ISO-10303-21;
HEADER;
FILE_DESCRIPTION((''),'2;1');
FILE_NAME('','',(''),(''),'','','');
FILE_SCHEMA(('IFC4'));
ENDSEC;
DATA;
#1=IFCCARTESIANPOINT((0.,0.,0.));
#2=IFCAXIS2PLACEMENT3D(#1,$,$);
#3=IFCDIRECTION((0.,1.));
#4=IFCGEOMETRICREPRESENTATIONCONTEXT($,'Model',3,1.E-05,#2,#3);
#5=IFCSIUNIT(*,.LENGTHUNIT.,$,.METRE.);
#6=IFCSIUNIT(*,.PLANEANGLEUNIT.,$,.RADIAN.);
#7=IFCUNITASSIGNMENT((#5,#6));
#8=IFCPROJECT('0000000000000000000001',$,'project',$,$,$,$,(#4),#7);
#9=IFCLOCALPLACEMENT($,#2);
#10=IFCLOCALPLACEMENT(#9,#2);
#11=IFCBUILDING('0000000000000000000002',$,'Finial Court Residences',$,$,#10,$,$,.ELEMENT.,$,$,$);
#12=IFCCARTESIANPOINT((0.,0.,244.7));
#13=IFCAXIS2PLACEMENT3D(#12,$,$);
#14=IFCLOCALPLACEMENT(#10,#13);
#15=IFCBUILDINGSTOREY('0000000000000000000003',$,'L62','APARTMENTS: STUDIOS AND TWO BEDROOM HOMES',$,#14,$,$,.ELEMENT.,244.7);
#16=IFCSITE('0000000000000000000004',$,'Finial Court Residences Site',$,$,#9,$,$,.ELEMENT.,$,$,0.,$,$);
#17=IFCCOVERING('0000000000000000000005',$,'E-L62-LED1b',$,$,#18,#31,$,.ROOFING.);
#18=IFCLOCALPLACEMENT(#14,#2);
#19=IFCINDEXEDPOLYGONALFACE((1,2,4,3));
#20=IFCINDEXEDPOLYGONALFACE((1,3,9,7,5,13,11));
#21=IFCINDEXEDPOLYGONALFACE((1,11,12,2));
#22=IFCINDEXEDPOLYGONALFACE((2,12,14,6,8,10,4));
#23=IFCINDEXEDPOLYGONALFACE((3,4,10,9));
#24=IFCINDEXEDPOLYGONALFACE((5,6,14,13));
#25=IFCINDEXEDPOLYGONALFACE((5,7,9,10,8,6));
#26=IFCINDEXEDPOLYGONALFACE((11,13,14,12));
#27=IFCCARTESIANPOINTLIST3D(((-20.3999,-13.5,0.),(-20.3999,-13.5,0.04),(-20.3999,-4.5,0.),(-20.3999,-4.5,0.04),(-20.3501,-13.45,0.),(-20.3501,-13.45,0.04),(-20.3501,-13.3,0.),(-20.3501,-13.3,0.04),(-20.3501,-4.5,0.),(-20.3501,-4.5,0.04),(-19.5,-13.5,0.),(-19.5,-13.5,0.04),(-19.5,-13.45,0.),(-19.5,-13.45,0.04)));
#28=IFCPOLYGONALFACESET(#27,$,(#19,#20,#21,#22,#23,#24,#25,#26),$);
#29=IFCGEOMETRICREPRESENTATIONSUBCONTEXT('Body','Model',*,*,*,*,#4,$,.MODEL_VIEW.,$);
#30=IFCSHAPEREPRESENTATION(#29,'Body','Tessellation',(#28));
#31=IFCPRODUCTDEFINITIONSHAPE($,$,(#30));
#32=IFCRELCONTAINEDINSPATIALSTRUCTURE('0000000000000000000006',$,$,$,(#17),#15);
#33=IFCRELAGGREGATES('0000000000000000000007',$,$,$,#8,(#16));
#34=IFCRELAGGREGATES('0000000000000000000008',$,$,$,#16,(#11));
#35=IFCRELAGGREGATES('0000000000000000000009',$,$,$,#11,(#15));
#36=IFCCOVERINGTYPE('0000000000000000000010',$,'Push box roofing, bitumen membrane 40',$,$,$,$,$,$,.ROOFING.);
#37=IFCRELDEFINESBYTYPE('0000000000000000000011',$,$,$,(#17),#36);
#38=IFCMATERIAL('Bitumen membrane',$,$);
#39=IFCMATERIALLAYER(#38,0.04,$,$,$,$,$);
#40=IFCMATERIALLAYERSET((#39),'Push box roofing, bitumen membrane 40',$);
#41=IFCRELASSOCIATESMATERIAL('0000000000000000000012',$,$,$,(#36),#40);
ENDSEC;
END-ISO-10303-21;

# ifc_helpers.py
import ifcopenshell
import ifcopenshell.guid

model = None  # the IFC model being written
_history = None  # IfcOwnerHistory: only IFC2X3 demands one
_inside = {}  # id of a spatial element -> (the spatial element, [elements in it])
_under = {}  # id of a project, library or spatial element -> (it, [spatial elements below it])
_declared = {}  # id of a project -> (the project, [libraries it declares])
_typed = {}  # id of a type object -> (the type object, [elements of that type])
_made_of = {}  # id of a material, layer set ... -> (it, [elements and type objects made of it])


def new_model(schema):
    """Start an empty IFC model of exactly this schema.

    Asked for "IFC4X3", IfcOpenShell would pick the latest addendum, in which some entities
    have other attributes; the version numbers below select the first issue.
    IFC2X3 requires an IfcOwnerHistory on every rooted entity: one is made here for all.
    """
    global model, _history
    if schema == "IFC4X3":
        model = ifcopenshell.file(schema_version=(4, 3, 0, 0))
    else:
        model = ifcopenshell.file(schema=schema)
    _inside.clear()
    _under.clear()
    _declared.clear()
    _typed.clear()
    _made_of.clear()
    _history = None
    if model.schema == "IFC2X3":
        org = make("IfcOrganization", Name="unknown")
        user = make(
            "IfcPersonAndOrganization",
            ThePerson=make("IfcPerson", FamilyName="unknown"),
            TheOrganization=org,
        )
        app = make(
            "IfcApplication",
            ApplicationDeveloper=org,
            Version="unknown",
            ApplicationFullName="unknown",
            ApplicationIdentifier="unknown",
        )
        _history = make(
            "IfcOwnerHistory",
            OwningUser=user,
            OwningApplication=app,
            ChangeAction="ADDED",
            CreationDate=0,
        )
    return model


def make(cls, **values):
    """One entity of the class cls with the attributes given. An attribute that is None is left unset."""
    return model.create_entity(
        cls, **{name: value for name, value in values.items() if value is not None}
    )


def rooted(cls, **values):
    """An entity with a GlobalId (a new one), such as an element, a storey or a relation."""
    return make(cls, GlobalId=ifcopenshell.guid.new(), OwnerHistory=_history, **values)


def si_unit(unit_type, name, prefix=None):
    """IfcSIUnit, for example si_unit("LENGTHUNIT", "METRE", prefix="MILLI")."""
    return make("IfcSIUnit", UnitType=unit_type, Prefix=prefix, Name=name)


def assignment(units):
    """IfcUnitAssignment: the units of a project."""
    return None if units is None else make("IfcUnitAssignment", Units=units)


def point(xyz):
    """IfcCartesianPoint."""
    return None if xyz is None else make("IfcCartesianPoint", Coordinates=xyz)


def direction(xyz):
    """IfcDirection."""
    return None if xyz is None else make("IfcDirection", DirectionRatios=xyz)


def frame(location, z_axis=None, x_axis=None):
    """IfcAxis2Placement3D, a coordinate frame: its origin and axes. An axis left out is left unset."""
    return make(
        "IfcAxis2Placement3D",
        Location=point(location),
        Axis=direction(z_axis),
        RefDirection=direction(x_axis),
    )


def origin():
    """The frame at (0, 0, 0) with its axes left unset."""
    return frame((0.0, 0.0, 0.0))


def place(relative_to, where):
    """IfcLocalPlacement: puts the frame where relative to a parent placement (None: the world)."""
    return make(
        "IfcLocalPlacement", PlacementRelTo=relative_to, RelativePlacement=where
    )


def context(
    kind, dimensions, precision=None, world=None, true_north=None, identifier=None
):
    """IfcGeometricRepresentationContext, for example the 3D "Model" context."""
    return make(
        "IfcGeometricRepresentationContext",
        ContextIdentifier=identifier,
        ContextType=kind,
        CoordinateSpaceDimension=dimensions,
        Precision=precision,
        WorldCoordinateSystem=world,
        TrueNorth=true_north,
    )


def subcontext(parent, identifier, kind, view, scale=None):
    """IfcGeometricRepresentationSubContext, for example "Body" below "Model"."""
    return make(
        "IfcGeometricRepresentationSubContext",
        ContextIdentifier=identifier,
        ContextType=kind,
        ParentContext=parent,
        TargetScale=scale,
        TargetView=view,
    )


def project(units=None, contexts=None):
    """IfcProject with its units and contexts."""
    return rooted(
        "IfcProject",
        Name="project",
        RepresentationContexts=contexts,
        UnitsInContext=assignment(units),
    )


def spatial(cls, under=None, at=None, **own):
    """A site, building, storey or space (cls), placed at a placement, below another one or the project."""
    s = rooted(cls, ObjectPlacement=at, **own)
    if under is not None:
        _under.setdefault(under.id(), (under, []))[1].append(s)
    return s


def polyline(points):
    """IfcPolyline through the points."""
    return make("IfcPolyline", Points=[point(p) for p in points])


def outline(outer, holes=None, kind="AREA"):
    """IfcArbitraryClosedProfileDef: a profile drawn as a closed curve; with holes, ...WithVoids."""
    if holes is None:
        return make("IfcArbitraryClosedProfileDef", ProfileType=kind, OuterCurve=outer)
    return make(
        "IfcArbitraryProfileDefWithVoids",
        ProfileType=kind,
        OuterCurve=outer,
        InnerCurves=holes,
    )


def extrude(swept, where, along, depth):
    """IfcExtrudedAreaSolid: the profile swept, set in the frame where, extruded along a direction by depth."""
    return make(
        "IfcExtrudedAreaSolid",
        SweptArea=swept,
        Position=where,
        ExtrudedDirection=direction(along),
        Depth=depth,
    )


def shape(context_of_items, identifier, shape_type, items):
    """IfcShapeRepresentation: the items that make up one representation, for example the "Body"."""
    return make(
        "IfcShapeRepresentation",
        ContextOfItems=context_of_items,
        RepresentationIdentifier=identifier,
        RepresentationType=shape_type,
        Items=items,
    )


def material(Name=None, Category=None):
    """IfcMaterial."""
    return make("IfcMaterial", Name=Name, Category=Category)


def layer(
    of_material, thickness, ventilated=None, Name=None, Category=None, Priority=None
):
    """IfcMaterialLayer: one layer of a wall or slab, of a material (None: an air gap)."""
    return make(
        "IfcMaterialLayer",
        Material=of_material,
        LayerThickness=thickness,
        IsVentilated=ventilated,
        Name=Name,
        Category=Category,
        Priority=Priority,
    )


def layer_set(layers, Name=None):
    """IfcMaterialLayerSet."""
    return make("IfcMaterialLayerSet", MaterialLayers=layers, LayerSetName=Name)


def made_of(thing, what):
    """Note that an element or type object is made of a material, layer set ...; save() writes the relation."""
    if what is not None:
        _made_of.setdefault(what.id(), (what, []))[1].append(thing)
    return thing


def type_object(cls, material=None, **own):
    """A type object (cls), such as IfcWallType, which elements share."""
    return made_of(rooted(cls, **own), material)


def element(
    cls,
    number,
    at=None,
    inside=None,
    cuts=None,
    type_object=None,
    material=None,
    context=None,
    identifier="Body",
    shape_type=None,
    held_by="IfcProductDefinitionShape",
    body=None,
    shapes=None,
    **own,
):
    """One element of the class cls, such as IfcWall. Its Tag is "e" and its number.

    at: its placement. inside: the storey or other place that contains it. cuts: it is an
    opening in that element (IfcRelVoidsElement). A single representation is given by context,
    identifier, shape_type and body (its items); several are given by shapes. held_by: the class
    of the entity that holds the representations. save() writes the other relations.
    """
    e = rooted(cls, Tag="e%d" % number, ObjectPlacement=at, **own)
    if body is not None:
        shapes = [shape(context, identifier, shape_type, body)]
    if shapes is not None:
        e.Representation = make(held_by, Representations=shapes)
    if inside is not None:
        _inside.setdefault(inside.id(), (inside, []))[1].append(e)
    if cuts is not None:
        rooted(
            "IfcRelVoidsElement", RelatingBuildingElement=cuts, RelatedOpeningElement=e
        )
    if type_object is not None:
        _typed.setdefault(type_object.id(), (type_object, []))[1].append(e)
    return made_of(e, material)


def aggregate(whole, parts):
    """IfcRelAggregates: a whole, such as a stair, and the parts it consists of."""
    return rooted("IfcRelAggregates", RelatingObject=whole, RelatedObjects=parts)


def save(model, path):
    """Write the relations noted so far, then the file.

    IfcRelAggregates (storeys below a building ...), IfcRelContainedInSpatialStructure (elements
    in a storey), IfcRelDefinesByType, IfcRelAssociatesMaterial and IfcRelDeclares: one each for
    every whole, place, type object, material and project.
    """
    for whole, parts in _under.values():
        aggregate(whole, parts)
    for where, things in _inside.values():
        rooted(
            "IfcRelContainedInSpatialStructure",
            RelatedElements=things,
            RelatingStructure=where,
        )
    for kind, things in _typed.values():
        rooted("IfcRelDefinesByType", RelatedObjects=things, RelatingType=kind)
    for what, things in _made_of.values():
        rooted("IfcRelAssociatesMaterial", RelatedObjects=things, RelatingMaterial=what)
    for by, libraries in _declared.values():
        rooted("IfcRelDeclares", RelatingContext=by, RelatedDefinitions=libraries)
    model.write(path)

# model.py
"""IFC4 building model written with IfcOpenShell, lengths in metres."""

from ifc_helpers import new_model, si_unit, direction, frame, origin, place, context, subcontext, project, spatial, polyline, outline, extrude, material, layer, layer_set, type_object, element, save


model = new_model("IFC4")

# Units and contexts
model_context = context("Model", 3, precision=1e-05, world=origin(), true_north=direction((0.0, 1.0)))
body_context = subcontext(model_context, "Body", "Model", "MODEL_VIEW")
ifc_project = project(units=[si_unit("LENGTHUNIT", "METRE"), si_unit("PLANEANGLEUNIT", "RADIAN")], contexts=[model_context])

# Site, building, storey
site_placement = place(None, origin())
site = spatial("IfcSite", under=ifc_project, at=site_placement, Name="Finial Court Residences Site", CompositionType="ELEMENT", RefElevation=0.0)
building_placement = place(site_placement, origin())
building = spatial("IfcBuilding", under=site, at=building_placement, Name="Finial Court Residences", CompositionType="ELEMENT")
storey_placement = place(building_placement, frame((0.0, 0.0, 244.7)))
storey = spatial("IfcBuildingStorey", under=building, at=storey_placement, Name="L62", Description="APARTMENTS: STUDIOS AND TWO BEDROOM HOMES", CompositionType="ELEMENT", Elevation=244.7)

# Covering
ifc_material_1 = material(Name="Bitumen membrane")
ifc_layer_1 = layer(ifc_material_1, 0.04)
ifc_layer_set_1 = layer_set([ifc_layer_1], Name="Push box roofing, bitumen membrane 40")
covering_type_1 = type_object("IfcCoveringType", Name="Push box roofing, bitumen membrane 40", PredefinedType="ROOFING", material=ifc_layer_set_1)
covering_1_placement = place(storey_placement, origin())
element("IfcCovering", 1, at=covering_1_placement, inside=storey, type_object=covering_type_1, Name="E-L62-LED1b", PredefinedType="ROOFING", context=body_context, shape_type="SweptSolid", body=[
    extrude(outline(polyline([(-19.5, -13.5), (-20.3999, -13.5), (-20.3999, -4.5), (-20.3501, -4.5), (-20.3501, -13.3), (-20.3501, -13.3), (-20.3501, -13.45), (-19.5, -13.45), (-19.5, -13.5)])), origin(), (0.0, 0.0, 1.0), 0.04),
])

save(model, "model.ifc")
